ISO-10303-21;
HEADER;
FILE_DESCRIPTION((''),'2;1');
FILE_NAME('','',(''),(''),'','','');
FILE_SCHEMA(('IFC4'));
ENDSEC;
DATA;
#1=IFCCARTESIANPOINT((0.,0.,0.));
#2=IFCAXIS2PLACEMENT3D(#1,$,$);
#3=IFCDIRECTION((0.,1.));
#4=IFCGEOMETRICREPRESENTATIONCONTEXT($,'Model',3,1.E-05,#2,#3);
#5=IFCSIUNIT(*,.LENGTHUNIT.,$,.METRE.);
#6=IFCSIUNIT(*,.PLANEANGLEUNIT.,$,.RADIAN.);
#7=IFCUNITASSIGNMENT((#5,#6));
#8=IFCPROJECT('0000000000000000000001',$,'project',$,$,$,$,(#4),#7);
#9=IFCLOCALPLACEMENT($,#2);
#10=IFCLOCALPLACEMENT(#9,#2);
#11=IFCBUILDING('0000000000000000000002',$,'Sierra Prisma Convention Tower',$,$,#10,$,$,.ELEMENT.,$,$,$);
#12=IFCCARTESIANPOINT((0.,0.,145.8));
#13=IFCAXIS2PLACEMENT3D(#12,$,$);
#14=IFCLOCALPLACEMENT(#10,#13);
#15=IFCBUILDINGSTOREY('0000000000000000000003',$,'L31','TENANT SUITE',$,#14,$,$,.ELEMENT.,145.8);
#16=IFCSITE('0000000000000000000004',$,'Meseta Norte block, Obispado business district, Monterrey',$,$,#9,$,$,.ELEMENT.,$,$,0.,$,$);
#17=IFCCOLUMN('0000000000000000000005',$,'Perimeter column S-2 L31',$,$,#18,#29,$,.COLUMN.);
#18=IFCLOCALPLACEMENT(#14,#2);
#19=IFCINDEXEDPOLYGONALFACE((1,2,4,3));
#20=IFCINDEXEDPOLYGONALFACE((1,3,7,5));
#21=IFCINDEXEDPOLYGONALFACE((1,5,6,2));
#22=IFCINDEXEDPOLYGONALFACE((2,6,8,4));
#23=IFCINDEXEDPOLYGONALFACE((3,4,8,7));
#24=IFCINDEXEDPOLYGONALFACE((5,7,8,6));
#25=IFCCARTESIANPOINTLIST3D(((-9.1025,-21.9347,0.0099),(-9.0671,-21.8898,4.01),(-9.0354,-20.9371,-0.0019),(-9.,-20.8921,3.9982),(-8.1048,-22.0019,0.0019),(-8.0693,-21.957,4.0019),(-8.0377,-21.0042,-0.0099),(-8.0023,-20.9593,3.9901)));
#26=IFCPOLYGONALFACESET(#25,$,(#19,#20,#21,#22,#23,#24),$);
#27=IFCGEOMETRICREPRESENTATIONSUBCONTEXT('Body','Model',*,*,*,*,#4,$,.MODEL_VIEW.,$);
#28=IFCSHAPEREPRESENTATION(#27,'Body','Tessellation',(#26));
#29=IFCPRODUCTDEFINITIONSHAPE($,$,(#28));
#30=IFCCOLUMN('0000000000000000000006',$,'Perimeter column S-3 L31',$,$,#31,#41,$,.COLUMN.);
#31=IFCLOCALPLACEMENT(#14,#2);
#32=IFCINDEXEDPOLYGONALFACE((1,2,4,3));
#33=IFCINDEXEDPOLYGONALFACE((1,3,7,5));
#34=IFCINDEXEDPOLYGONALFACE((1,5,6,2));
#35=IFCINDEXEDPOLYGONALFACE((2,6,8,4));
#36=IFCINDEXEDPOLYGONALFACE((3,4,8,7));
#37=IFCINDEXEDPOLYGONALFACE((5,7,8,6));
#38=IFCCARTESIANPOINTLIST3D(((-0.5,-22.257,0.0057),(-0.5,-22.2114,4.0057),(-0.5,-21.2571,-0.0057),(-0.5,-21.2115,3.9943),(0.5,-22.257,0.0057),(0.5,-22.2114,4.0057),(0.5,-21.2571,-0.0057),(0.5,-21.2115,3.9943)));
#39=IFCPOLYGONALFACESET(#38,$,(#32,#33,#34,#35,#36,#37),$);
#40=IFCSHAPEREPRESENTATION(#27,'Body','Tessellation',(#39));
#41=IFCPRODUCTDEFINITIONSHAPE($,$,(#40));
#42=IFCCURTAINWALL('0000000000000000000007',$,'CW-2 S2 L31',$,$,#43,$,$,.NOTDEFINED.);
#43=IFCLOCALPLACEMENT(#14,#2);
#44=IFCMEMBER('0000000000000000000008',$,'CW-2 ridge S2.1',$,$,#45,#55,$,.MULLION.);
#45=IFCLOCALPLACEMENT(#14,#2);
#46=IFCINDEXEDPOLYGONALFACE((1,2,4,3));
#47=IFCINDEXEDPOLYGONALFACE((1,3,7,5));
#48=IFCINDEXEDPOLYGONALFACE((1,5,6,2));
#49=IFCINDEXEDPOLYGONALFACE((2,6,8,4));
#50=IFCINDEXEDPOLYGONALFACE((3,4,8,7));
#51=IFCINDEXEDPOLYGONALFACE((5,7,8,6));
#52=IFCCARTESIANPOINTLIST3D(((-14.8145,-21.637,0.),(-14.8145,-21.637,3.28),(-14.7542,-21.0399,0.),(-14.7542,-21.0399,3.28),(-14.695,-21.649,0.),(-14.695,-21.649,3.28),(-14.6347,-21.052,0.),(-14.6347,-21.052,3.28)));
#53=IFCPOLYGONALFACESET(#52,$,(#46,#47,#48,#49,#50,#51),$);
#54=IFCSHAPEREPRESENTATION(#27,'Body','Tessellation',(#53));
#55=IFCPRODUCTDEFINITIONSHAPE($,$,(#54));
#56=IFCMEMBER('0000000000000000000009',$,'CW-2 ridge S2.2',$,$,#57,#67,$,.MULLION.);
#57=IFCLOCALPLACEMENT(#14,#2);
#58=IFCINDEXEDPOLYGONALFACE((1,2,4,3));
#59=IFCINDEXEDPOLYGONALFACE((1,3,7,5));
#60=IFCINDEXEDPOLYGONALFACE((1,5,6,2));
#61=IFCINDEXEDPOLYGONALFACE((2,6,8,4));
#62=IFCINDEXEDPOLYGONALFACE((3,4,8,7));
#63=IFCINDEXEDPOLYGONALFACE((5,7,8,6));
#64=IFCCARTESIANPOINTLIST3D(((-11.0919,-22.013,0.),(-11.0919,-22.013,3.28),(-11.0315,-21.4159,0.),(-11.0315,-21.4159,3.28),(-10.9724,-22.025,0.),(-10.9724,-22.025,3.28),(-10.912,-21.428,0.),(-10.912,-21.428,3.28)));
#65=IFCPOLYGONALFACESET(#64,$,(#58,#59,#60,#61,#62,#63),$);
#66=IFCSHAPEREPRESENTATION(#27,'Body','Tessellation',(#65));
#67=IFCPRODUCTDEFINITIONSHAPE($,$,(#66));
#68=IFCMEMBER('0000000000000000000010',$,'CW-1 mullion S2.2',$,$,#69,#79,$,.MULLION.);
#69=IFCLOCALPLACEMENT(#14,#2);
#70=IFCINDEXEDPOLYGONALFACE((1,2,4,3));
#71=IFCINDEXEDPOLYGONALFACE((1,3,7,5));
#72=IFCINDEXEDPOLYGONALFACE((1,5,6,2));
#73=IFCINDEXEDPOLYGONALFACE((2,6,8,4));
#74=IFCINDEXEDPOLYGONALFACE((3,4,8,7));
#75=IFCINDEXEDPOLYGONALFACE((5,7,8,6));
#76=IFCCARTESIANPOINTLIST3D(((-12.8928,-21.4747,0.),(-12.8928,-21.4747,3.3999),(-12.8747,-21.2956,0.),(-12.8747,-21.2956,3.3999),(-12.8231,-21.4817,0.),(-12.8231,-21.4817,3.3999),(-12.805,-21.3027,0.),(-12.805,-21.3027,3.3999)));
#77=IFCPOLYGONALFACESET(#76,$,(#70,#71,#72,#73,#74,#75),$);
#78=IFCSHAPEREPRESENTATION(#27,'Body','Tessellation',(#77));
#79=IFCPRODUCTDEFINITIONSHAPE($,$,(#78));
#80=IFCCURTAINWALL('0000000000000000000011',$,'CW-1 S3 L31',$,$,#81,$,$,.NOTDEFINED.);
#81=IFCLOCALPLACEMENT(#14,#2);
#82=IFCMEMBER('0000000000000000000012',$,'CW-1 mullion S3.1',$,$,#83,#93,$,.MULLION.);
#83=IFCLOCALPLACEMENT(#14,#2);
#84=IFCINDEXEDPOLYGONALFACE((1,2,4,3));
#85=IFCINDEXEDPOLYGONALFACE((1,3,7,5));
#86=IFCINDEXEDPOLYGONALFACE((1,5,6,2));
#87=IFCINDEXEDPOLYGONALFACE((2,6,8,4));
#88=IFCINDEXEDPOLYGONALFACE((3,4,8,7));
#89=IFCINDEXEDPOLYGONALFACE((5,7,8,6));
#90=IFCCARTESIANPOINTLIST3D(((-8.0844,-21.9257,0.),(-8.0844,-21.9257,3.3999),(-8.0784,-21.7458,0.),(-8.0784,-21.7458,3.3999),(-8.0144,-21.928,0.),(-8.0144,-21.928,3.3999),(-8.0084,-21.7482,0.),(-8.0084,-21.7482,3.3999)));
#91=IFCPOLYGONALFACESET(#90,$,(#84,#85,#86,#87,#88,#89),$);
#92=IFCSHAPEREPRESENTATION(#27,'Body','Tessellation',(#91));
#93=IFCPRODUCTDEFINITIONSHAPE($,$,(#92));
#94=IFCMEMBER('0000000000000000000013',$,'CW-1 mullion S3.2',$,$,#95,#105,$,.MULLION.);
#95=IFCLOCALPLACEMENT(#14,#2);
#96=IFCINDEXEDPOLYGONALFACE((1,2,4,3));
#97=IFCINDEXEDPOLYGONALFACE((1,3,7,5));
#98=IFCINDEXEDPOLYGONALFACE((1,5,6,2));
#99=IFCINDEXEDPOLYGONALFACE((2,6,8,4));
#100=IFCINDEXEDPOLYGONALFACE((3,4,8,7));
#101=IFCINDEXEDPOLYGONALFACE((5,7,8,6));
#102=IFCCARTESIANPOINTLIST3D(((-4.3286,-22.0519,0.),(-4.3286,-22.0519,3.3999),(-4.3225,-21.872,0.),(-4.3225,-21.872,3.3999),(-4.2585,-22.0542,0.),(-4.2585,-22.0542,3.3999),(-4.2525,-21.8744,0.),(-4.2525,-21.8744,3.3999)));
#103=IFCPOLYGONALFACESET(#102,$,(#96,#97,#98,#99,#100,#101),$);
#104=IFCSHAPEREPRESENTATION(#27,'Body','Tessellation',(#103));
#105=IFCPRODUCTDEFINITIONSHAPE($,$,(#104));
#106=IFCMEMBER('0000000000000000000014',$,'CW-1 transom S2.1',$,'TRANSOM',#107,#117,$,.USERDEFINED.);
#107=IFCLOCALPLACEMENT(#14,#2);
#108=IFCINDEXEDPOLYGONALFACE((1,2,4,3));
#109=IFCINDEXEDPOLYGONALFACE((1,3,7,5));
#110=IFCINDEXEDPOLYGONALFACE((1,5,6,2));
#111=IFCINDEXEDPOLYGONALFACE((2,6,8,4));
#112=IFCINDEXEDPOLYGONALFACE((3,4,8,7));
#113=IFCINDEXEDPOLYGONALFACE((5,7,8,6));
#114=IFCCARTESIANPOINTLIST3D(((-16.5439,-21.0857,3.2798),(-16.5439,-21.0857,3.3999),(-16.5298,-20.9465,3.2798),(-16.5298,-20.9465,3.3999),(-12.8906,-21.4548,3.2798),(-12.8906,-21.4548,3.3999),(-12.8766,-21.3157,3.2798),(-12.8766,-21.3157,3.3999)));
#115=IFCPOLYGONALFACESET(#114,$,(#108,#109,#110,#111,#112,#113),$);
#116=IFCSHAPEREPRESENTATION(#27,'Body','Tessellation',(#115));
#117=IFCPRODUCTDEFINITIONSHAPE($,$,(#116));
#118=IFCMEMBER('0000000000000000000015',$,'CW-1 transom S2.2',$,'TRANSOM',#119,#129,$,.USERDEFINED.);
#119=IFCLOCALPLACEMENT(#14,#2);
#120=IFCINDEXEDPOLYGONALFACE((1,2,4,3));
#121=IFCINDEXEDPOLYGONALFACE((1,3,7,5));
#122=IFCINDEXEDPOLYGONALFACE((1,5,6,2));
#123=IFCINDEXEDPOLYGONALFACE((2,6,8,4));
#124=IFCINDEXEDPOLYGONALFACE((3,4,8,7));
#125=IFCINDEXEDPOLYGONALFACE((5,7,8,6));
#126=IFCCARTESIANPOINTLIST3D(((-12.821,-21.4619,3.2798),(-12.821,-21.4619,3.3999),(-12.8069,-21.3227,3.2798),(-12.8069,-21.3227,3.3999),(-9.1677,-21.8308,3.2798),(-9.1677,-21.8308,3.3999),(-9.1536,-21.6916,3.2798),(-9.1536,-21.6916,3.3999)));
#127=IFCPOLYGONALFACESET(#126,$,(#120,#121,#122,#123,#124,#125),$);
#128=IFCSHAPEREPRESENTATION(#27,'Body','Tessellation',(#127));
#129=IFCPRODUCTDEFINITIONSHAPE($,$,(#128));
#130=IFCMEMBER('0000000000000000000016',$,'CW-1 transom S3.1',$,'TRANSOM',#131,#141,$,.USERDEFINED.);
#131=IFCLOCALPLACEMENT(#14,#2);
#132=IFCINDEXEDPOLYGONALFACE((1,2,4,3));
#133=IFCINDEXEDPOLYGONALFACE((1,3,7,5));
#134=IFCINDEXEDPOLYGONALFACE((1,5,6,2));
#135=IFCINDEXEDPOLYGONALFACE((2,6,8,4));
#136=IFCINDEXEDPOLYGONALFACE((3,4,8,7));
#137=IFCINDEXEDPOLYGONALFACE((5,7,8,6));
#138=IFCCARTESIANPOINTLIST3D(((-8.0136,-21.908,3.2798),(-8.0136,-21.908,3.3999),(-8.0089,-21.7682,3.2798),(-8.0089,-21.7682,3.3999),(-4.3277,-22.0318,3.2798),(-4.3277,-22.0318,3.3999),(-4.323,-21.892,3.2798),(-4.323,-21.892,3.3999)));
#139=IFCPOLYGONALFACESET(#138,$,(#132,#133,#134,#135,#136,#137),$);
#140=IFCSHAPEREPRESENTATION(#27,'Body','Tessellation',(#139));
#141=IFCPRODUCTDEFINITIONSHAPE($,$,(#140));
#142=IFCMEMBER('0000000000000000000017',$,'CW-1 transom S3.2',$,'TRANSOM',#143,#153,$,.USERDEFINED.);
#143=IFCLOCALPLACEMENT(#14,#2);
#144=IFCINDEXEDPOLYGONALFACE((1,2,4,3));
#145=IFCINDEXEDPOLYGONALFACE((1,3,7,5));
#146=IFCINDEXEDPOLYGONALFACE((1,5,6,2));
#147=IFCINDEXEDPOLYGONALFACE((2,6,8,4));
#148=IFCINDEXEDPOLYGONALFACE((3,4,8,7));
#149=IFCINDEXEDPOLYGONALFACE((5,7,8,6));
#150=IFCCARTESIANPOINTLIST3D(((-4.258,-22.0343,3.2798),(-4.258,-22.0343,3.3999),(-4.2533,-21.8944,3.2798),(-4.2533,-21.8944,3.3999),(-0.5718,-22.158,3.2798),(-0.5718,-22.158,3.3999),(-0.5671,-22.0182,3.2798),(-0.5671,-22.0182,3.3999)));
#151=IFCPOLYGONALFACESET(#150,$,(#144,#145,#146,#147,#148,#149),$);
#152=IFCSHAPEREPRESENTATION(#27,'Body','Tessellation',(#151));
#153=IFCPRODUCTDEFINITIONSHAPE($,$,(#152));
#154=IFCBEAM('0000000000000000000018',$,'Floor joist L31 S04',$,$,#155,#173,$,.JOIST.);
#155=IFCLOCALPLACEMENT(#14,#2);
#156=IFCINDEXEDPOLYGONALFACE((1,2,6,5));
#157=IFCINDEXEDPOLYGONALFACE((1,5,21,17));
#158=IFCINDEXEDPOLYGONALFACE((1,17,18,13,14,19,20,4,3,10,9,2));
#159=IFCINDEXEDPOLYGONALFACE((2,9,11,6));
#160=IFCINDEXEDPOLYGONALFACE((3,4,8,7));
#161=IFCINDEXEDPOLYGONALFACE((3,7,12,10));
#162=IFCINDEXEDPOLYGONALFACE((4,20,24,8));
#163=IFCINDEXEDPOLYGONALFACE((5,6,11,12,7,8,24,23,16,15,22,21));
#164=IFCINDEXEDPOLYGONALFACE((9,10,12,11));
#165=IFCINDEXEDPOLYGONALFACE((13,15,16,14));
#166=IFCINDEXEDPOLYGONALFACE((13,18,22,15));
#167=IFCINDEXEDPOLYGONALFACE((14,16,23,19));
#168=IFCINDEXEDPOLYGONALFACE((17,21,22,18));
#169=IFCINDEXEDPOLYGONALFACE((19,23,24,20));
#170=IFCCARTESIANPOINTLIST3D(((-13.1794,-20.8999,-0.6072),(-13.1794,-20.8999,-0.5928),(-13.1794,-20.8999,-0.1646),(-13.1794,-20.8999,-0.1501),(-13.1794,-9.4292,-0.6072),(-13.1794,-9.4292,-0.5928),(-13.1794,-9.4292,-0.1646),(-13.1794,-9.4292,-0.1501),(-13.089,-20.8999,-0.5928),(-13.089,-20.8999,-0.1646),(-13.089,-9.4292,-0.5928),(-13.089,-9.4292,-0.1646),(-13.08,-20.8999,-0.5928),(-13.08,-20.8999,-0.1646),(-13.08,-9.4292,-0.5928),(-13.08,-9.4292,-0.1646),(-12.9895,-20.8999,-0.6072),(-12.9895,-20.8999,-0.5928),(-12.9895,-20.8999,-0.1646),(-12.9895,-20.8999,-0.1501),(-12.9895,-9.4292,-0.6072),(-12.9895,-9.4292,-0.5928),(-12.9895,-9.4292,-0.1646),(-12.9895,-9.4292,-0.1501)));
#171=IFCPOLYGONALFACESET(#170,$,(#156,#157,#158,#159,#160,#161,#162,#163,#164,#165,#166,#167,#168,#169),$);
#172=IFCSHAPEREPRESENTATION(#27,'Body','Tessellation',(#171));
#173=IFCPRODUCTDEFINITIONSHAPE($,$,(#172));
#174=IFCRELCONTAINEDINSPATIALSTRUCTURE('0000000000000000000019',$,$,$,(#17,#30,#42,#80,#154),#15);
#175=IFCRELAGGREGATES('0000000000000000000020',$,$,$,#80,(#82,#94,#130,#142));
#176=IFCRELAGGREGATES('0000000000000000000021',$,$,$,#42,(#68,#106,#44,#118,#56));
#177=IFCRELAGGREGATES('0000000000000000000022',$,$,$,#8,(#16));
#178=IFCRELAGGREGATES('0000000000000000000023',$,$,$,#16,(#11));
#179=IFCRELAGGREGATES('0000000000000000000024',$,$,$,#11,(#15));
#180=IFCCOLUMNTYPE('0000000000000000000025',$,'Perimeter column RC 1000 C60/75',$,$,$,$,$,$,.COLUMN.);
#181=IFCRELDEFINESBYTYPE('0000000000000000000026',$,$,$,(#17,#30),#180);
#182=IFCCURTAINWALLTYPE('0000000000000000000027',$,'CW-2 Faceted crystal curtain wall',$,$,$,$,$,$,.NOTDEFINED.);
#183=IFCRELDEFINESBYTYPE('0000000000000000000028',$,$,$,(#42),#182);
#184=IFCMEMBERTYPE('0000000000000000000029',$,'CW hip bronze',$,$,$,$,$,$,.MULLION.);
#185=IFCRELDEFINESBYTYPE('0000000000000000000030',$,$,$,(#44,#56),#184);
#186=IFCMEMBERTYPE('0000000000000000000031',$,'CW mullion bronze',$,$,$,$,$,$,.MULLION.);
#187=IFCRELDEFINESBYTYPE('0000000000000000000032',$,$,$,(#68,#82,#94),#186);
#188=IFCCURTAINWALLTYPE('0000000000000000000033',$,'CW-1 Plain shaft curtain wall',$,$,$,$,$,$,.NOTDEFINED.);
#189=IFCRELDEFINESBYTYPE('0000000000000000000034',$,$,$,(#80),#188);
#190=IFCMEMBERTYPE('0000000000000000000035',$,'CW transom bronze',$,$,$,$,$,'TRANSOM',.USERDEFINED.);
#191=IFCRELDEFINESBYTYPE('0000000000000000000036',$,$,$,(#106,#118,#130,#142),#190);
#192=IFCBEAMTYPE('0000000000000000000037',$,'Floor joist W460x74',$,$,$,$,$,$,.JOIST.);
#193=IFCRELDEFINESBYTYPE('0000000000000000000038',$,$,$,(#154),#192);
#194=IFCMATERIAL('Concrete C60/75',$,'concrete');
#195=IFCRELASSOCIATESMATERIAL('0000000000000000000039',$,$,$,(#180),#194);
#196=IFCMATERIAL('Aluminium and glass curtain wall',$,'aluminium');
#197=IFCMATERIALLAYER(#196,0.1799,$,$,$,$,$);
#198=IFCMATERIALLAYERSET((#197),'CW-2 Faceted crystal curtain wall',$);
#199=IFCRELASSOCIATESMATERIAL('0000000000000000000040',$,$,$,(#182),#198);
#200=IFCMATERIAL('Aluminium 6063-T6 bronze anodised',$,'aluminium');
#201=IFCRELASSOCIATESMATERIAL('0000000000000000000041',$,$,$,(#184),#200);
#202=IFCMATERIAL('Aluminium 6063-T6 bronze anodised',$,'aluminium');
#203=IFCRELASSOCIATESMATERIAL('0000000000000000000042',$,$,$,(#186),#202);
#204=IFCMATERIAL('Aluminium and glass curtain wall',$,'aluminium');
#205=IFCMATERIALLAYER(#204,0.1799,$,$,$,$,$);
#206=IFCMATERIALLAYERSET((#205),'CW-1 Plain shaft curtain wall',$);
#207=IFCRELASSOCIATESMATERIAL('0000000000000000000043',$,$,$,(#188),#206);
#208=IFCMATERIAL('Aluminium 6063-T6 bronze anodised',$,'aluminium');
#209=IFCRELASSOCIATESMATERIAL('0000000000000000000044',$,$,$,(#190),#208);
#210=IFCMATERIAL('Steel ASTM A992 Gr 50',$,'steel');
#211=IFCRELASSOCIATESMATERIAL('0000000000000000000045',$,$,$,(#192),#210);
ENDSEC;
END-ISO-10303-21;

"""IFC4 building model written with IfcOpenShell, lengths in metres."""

from ifc_helpers import new_model, si_unit, direction, frame, origin, origin_2d, place, context, subcontext, project, spatial, rectangle, i_section, extrude, material, layer, layer_set, material_profile, profile_set, type_object, element, aggregate, save


model = new_model("IFC4")

# Units and contexts
model_context = context("Model", 3, precision=1e-05, world=origin(), true_north=direction((0.0, 1.0)))
body_context = subcontext(model_context, "Body", "Model", "MODEL_VIEW")
ifc_project = project(units=[si_unit("LENGTHUNIT", "METRE"), si_unit("PLANEANGLEUNIT", "RADIAN")], contexts=[model_context])

# Site, building, storey
site_placement = place(None, origin())
site = spatial("IfcSite", under=ifc_project, at=site_placement, Name="Meseta Norte block, Obispado business district, Monterrey", CompositionType="ELEMENT", RefElevation=0.0)
building_placement = place(site_placement, origin())
building = spatial("IfcBuilding", under=site, at=building_placement, Name="Sierra Prisma Convention Tower", CompositionType="ELEMENT")
storey_placement = place(building_placement, frame((0.0, 0.0, 145.8)))
storey = spatial("IfcBuildingStorey", under=building, at=storey_placement, Name="L31", Description="TENANT SUITE", CompositionType="ELEMENT", Elevation=145.8)

# Columns
ifc_material_1 = material(Name="Concrete C60/75", Category="concrete")
ifc_material_profile_1 = material_profile(ifc_material_1, rectangle(XDim=1.0, YDim=1.0, at=origin_2d()), Name="Perimeter column RC 1000 C60/75")
ifc_profile_set_1 = profile_set([ifc_material_profile_1], Name="Concrete C60/75")
column_type = type_object("IfcColumnType", Name="Perimeter column RC 1000 C60/75", PredefinedType="COLUMN", material=ifc_profile_set_1)
column_1_placement = place(storey_placement, frame((-8.5701, -21.4695, 0.0), z_axis=(0.008849, 0.011229, 0.999898), x_axis=(-0.997709, 0.06717, 0.008075)))
element("IfcColumn", 1, at=column_1_placement, inside=storey, type_object=column_type, Name="Perimeter column S-2 L31", PredefinedType="COLUMN", context=body_context, shape_type="SweptSolid", body=[
    extrude(rectangle(XDim=1.0, YDim=1.0, at=origin_2d()), origin(), (0.0, 0.0, 1.0), 4.0005),
])
column_2_placement = place(storey_placement, frame((0.0, -21.7571, 0.0), z_axis=(0.0, 0.011413, 0.999935), x_axis=(1.0, 0.0, 0.0)))
element("IfcColumn", 2, at=column_2_placement, inside=storey, type_object=column_type, Name="Perimeter column S-3 L31", PredefinedType="COLUMN", context=body_context, shape_type="SweptSolid", body=[
    extrude(rectangle(XDim=1.0, YDim=1.0, at=origin_2d()), origin(), (0.0, 0.0, 1.0), 4.0002),
])

# Curtain walls, members
ifc_material_2 = material(Name="Aluminium and glass curtain wall", Category="aluminium")
ifc_layer_1 = layer(ifc_material_2, 0.1799)
ifc_layer_set_1 = layer_set([ifc_layer_1], Name="CW-2 Faceted crystal curtain wall")
curtain_wall_type_1 = type_object("IfcCurtainWallType", Name="CW-2 Faceted crystal curtain wall", PredefinedType="NOTDEFINED", material=ifc_layer_set_1)
curtain_wall_1_placement = place(storey_placement, origin())
curtain_wall_1 = element("IfcCurtainWall", 3, at=curtain_wall_1_placement, inside=storey, type_object=curtain_wall_type_1, Name="CW-2 S2 L31", PredefinedType="NOTDEFINED")
ifc_material_3 = material(Name="Aluminium 6063-T6 bronze anodised", Category="aluminium")
ifc_material_profile_2 = material_profile(ifc_material_3, rectangle(XDim=0.1201, YDim=0.6001, at=origin_2d()), Name="ALU RIDGE BLADE 120x600")
ifc_profile_set_2 = profile_set([ifc_material_profile_2], Name="Aluminium 6063-T6 bronze anodised")
member_type_1 = type_object("IfcMemberType", Name="CW hip bronze", PredefinedType="MULLION", material=ifc_profile_set_2)
member_1_placement = place(storey_placement, frame((-14.7246, -21.3445, 0.0), z_axis=(0.0, 0.0, 1.0), x_axis=(0.994935, -0.100518, 0.0)))
member_1 = element("IfcMember", 4, at=member_1_placement, type_object=member_type_1, Name="CW-2 ridge S2.1", PredefinedType="MULLION", context=body_context, shape_type="SweptSolid", body=[
    extrude(rectangle(XDim=0.1201, YDim=0.6001, at=origin_2d()), origin(), (0.0, 0.0, 1.0), 3.28),
])
member_2_placement = place(storey_placement, frame((-11.002, -21.7205, 0.0), z_axis=(0.0, 0.0, 1.0), x_axis=(0.994935, -0.100518, 0.0)))
member_2 = element("IfcMember", 5, at=member_2_placement, type_object=member_type_1, Name="CW-2 ridge S2.2", PredefinedType="MULLION", context=body_context, shape_type="SweptSolid", body=[
    extrude(rectangle(XDim=0.1201, YDim=0.6001, at=origin_2d()), origin(), (0.0, 0.0, 1.0), 3.28),
])
ifc_material_4 = material(Name="Aluminium 6063-T6 bronze anodised", Category="aluminium")
ifc_material_profile_3 = material_profile(ifc_material_4, rectangle(XDim=0.1799, YDim=0.0701, at=origin_2d()), Name="ALU MULLION 70x180")
ifc_profile_set_3 = profile_set([ifc_material_profile_3], Name="Aluminium 6063-T6 bronze anodised")
member_type_2 = type_object("IfcMemberType", Name="CW mullion bronze", PredefinedType="MULLION", material=ifc_profile_set_3)
member_3_placement = place(storey_placement, frame((-12.8489, -21.3887, 0.0), z_axis=(0.0, 0.0, 1.0), x_axis=(0.100518, 0.994935, 0.0)))
member_3 = element("IfcMember", 6, at=member_3_placement, type_object=member_type_2, Name="CW-1 mullion S2.2", PredefinedType="MULLION", context=body_context, shape_type="SweptSolid", body=[
    extrude(rectangle(XDim=0.1799, YDim=0.0701, at=origin_2d()), origin(), (0.0, 0.0, 1.0), 3.3999),
])
ifc_material_5 = material(Name="Aluminium and glass curtain wall", Category="aluminium")
ifc_layer_2 = layer(ifc_material_5, 0.1799)
ifc_layer_set_2 = layer_set([ifc_layer_2], Name="CW-1 Plain shaft curtain wall")
curtain_wall_type_2 = type_object("IfcCurtainWallType", Name="CW-1 Plain shaft curtain wall", PredefinedType="NOTDEFINED", material=ifc_layer_set_2)
curtain_wall_2_placement = place(storey_placement, origin())
curtain_wall_2 = element("IfcCurtainWall", 7, at=curtain_wall_2_placement, inside=storey, type_object=curtain_wall_type_2, Name="CW-1 S3 L31", PredefinedType="NOTDEFINED")
member_4_placement = place(storey_placement, frame((-8.0464, -21.8369, 0.0), z_axis=(0.0, 0.0, 1.0), x_axis=(0.033556, 0.999437, 0.0)))
member_4 = element("IfcMember", 8, at=member_4_placement, type_object=member_type_2, Name="CW-1 mullion S3.1", PredefinedType="MULLION", context=body_context, shape_type="SweptSolid", body=[
    extrude(rectangle(XDim=0.1799, YDim=0.0701, at=origin_2d()), origin(), (0.0, 0.0, 1.0), 3.3999),
])
member_5_placement = place(storey_placement, frame((-4.2905, -21.9631, 0.0), z_axis=(0.0, 0.0, 1.0), x_axis=(0.033556, 0.999437, 0.0)))
member_5 = element("IfcMember", 9, at=member_5_placement, type_object=member_type_2, Name="CW-1 mullion S3.2", PredefinedType="MULLION", context=body_context, shape_type="SweptSolid", body=[
    extrude(rectangle(XDim=0.1799, YDim=0.0701, at=origin_2d()), origin(), (0.0, 0.0, 1.0), 3.3999),
])

# Members
ifc_material_6 = material(Name="Aluminium 6063-T6 bronze anodised", Category="aluminium")
ifc_material_profile_4 = material_profile(ifc_material_6, rectangle(XDim=0.1399, YDim=0.1201, at=origin_2d()), Name="ALU TRANSOM 120x140")
ifc_profile_set_4 = profile_set([ifc_material_profile_4], Name="Aluminium 6063-T6 bronze anodised")
member_type_3 = type_object("IfcMemberType", Name="CW transom bronze", ElementType="TRANSOM", PredefinedType="USERDEFINED", material=ifc_profile_set_4)
member_6_placement = place(storey_placement, frame((-16.5369, -21.0161, 3.3398), z_axis=(0.994934, -0.100531, 0.0), x_axis=(0.100531, 0.994934, 0.0)))
member_6 = element("IfcMember", 10, at=member_6_placement, type_object=member_type_3, Name="CW-1 transom S2.1", ObjectType="TRANSOM", PredefinedType="USERDEFINED", context=body_context, shape_type="SweptSolid", body=[
    extrude(rectangle(XDim=0.1399, YDim=0.1201, at=origin_2d()), origin(), (0.0, 0.0, 1.0), 3.6719),
])
member_7_placement = place(storey_placement, frame((-12.814, -21.3923, 3.3398), z_axis=(0.994941, -0.100465, 0.0), x_axis=(0.100465, 0.994941, 0.0)))
member_7 = element("IfcMember", 11, at=member_7_placement, type_object=member_type_3, Name="CW-1 transom S2.2", ObjectType="TRANSOM", PredefinedType="USERDEFINED", context=body_context, shape_type="SweptSolid", body=[
    extrude(rectangle(XDim=0.1399, YDim=0.1201, at=origin_2d()), origin(), (0.0, 0.0, 1.0), 3.6719),
])
member_8_placement = place(storey_placement, frame((-8.0112, -21.8381, 3.3398), z_axis=(0.999437, -0.033564, 0.0), x_axis=(0.033564, 0.999437, 0.0)))
member_8 = element("IfcMember", 12, at=member_8_placement, type_object=member_type_3, Name="CW-1 transom S3.1", ObjectType="TRANSOM", PredefinedType="USERDEFINED", context=body_context, shape_type="SweptSolid", body=[
    extrude(rectangle(XDim=0.1399, YDim=0.1201, at=origin_2d()), origin(), (0.0, 0.0, 1.0), 3.688),
])
member_9_placement = place(storey_placement, frame((-4.2556, -21.9644, 3.3398), z_axis=(0.999437, -0.033562, 0.0), x_axis=(0.033562, 0.999437, 0.0)))
member_9 = element("IfcMember", 13, at=member_9_placement, type_object=member_type_3, Name="CW-1 transom S3.2", ObjectType="TRANSOM", PredefinedType="USERDEFINED", context=body_context, shape_type="SweptSolid", body=[
    extrude(rectangle(XDim=0.1399, YDim=0.1201, at=origin_2d()), origin(), (0.0, 0.0, 1.0), 3.6882),
])

# Beam
ifc_material_7 = material(Name="Steel ASTM A992 Gr 50", Category="steel")
ifc_material_profile_5 = material_profile(ifc_material_7, i_section(OverallWidth=0.1899, OverallDepth=0.457, WebThickness=0.009, FlangeThickness=0.0144, at=origin_2d()), Name="W460x74")
ifc_profile_set_5 = profile_set([ifc_material_profile_5], Name="Steel ASTM A992 Gr 50")
beam_type_1 = type_object("IfcBeamType", Name="Floor joist W460x74", PredefinedType="JOIST", material=ifc_profile_set_5)
beam_1_placement = place(storey_placement, frame((-13.0845, -20.8999, -0.3787), z_axis=(0.0, 1.0, 0.0), x_axis=(-1.0, 0.0, 0.0)))
element("IfcBeam", 14, at=beam_1_placement, inside=storey, type_object=beam_type_1, Name="Floor joist L31 S04", PredefinedType="JOIST", context=body_context, shape_type="SweptSolid", body=[
    extrude(i_section(OverallWidth=0.1899, OverallDepth=0.457, WebThickness=0.009, FlangeThickness=0.0144, at=origin_2d()), origin(), (0.0, 0.0, 1.0), 11.4707),
])

aggregate(curtain_wall_2, [member_4, member_5, member_8, member_9])
aggregate(curtain_wall_1, [member_3, member_6, member_1, member_7, member_2])

save(model, "model.ifc")
